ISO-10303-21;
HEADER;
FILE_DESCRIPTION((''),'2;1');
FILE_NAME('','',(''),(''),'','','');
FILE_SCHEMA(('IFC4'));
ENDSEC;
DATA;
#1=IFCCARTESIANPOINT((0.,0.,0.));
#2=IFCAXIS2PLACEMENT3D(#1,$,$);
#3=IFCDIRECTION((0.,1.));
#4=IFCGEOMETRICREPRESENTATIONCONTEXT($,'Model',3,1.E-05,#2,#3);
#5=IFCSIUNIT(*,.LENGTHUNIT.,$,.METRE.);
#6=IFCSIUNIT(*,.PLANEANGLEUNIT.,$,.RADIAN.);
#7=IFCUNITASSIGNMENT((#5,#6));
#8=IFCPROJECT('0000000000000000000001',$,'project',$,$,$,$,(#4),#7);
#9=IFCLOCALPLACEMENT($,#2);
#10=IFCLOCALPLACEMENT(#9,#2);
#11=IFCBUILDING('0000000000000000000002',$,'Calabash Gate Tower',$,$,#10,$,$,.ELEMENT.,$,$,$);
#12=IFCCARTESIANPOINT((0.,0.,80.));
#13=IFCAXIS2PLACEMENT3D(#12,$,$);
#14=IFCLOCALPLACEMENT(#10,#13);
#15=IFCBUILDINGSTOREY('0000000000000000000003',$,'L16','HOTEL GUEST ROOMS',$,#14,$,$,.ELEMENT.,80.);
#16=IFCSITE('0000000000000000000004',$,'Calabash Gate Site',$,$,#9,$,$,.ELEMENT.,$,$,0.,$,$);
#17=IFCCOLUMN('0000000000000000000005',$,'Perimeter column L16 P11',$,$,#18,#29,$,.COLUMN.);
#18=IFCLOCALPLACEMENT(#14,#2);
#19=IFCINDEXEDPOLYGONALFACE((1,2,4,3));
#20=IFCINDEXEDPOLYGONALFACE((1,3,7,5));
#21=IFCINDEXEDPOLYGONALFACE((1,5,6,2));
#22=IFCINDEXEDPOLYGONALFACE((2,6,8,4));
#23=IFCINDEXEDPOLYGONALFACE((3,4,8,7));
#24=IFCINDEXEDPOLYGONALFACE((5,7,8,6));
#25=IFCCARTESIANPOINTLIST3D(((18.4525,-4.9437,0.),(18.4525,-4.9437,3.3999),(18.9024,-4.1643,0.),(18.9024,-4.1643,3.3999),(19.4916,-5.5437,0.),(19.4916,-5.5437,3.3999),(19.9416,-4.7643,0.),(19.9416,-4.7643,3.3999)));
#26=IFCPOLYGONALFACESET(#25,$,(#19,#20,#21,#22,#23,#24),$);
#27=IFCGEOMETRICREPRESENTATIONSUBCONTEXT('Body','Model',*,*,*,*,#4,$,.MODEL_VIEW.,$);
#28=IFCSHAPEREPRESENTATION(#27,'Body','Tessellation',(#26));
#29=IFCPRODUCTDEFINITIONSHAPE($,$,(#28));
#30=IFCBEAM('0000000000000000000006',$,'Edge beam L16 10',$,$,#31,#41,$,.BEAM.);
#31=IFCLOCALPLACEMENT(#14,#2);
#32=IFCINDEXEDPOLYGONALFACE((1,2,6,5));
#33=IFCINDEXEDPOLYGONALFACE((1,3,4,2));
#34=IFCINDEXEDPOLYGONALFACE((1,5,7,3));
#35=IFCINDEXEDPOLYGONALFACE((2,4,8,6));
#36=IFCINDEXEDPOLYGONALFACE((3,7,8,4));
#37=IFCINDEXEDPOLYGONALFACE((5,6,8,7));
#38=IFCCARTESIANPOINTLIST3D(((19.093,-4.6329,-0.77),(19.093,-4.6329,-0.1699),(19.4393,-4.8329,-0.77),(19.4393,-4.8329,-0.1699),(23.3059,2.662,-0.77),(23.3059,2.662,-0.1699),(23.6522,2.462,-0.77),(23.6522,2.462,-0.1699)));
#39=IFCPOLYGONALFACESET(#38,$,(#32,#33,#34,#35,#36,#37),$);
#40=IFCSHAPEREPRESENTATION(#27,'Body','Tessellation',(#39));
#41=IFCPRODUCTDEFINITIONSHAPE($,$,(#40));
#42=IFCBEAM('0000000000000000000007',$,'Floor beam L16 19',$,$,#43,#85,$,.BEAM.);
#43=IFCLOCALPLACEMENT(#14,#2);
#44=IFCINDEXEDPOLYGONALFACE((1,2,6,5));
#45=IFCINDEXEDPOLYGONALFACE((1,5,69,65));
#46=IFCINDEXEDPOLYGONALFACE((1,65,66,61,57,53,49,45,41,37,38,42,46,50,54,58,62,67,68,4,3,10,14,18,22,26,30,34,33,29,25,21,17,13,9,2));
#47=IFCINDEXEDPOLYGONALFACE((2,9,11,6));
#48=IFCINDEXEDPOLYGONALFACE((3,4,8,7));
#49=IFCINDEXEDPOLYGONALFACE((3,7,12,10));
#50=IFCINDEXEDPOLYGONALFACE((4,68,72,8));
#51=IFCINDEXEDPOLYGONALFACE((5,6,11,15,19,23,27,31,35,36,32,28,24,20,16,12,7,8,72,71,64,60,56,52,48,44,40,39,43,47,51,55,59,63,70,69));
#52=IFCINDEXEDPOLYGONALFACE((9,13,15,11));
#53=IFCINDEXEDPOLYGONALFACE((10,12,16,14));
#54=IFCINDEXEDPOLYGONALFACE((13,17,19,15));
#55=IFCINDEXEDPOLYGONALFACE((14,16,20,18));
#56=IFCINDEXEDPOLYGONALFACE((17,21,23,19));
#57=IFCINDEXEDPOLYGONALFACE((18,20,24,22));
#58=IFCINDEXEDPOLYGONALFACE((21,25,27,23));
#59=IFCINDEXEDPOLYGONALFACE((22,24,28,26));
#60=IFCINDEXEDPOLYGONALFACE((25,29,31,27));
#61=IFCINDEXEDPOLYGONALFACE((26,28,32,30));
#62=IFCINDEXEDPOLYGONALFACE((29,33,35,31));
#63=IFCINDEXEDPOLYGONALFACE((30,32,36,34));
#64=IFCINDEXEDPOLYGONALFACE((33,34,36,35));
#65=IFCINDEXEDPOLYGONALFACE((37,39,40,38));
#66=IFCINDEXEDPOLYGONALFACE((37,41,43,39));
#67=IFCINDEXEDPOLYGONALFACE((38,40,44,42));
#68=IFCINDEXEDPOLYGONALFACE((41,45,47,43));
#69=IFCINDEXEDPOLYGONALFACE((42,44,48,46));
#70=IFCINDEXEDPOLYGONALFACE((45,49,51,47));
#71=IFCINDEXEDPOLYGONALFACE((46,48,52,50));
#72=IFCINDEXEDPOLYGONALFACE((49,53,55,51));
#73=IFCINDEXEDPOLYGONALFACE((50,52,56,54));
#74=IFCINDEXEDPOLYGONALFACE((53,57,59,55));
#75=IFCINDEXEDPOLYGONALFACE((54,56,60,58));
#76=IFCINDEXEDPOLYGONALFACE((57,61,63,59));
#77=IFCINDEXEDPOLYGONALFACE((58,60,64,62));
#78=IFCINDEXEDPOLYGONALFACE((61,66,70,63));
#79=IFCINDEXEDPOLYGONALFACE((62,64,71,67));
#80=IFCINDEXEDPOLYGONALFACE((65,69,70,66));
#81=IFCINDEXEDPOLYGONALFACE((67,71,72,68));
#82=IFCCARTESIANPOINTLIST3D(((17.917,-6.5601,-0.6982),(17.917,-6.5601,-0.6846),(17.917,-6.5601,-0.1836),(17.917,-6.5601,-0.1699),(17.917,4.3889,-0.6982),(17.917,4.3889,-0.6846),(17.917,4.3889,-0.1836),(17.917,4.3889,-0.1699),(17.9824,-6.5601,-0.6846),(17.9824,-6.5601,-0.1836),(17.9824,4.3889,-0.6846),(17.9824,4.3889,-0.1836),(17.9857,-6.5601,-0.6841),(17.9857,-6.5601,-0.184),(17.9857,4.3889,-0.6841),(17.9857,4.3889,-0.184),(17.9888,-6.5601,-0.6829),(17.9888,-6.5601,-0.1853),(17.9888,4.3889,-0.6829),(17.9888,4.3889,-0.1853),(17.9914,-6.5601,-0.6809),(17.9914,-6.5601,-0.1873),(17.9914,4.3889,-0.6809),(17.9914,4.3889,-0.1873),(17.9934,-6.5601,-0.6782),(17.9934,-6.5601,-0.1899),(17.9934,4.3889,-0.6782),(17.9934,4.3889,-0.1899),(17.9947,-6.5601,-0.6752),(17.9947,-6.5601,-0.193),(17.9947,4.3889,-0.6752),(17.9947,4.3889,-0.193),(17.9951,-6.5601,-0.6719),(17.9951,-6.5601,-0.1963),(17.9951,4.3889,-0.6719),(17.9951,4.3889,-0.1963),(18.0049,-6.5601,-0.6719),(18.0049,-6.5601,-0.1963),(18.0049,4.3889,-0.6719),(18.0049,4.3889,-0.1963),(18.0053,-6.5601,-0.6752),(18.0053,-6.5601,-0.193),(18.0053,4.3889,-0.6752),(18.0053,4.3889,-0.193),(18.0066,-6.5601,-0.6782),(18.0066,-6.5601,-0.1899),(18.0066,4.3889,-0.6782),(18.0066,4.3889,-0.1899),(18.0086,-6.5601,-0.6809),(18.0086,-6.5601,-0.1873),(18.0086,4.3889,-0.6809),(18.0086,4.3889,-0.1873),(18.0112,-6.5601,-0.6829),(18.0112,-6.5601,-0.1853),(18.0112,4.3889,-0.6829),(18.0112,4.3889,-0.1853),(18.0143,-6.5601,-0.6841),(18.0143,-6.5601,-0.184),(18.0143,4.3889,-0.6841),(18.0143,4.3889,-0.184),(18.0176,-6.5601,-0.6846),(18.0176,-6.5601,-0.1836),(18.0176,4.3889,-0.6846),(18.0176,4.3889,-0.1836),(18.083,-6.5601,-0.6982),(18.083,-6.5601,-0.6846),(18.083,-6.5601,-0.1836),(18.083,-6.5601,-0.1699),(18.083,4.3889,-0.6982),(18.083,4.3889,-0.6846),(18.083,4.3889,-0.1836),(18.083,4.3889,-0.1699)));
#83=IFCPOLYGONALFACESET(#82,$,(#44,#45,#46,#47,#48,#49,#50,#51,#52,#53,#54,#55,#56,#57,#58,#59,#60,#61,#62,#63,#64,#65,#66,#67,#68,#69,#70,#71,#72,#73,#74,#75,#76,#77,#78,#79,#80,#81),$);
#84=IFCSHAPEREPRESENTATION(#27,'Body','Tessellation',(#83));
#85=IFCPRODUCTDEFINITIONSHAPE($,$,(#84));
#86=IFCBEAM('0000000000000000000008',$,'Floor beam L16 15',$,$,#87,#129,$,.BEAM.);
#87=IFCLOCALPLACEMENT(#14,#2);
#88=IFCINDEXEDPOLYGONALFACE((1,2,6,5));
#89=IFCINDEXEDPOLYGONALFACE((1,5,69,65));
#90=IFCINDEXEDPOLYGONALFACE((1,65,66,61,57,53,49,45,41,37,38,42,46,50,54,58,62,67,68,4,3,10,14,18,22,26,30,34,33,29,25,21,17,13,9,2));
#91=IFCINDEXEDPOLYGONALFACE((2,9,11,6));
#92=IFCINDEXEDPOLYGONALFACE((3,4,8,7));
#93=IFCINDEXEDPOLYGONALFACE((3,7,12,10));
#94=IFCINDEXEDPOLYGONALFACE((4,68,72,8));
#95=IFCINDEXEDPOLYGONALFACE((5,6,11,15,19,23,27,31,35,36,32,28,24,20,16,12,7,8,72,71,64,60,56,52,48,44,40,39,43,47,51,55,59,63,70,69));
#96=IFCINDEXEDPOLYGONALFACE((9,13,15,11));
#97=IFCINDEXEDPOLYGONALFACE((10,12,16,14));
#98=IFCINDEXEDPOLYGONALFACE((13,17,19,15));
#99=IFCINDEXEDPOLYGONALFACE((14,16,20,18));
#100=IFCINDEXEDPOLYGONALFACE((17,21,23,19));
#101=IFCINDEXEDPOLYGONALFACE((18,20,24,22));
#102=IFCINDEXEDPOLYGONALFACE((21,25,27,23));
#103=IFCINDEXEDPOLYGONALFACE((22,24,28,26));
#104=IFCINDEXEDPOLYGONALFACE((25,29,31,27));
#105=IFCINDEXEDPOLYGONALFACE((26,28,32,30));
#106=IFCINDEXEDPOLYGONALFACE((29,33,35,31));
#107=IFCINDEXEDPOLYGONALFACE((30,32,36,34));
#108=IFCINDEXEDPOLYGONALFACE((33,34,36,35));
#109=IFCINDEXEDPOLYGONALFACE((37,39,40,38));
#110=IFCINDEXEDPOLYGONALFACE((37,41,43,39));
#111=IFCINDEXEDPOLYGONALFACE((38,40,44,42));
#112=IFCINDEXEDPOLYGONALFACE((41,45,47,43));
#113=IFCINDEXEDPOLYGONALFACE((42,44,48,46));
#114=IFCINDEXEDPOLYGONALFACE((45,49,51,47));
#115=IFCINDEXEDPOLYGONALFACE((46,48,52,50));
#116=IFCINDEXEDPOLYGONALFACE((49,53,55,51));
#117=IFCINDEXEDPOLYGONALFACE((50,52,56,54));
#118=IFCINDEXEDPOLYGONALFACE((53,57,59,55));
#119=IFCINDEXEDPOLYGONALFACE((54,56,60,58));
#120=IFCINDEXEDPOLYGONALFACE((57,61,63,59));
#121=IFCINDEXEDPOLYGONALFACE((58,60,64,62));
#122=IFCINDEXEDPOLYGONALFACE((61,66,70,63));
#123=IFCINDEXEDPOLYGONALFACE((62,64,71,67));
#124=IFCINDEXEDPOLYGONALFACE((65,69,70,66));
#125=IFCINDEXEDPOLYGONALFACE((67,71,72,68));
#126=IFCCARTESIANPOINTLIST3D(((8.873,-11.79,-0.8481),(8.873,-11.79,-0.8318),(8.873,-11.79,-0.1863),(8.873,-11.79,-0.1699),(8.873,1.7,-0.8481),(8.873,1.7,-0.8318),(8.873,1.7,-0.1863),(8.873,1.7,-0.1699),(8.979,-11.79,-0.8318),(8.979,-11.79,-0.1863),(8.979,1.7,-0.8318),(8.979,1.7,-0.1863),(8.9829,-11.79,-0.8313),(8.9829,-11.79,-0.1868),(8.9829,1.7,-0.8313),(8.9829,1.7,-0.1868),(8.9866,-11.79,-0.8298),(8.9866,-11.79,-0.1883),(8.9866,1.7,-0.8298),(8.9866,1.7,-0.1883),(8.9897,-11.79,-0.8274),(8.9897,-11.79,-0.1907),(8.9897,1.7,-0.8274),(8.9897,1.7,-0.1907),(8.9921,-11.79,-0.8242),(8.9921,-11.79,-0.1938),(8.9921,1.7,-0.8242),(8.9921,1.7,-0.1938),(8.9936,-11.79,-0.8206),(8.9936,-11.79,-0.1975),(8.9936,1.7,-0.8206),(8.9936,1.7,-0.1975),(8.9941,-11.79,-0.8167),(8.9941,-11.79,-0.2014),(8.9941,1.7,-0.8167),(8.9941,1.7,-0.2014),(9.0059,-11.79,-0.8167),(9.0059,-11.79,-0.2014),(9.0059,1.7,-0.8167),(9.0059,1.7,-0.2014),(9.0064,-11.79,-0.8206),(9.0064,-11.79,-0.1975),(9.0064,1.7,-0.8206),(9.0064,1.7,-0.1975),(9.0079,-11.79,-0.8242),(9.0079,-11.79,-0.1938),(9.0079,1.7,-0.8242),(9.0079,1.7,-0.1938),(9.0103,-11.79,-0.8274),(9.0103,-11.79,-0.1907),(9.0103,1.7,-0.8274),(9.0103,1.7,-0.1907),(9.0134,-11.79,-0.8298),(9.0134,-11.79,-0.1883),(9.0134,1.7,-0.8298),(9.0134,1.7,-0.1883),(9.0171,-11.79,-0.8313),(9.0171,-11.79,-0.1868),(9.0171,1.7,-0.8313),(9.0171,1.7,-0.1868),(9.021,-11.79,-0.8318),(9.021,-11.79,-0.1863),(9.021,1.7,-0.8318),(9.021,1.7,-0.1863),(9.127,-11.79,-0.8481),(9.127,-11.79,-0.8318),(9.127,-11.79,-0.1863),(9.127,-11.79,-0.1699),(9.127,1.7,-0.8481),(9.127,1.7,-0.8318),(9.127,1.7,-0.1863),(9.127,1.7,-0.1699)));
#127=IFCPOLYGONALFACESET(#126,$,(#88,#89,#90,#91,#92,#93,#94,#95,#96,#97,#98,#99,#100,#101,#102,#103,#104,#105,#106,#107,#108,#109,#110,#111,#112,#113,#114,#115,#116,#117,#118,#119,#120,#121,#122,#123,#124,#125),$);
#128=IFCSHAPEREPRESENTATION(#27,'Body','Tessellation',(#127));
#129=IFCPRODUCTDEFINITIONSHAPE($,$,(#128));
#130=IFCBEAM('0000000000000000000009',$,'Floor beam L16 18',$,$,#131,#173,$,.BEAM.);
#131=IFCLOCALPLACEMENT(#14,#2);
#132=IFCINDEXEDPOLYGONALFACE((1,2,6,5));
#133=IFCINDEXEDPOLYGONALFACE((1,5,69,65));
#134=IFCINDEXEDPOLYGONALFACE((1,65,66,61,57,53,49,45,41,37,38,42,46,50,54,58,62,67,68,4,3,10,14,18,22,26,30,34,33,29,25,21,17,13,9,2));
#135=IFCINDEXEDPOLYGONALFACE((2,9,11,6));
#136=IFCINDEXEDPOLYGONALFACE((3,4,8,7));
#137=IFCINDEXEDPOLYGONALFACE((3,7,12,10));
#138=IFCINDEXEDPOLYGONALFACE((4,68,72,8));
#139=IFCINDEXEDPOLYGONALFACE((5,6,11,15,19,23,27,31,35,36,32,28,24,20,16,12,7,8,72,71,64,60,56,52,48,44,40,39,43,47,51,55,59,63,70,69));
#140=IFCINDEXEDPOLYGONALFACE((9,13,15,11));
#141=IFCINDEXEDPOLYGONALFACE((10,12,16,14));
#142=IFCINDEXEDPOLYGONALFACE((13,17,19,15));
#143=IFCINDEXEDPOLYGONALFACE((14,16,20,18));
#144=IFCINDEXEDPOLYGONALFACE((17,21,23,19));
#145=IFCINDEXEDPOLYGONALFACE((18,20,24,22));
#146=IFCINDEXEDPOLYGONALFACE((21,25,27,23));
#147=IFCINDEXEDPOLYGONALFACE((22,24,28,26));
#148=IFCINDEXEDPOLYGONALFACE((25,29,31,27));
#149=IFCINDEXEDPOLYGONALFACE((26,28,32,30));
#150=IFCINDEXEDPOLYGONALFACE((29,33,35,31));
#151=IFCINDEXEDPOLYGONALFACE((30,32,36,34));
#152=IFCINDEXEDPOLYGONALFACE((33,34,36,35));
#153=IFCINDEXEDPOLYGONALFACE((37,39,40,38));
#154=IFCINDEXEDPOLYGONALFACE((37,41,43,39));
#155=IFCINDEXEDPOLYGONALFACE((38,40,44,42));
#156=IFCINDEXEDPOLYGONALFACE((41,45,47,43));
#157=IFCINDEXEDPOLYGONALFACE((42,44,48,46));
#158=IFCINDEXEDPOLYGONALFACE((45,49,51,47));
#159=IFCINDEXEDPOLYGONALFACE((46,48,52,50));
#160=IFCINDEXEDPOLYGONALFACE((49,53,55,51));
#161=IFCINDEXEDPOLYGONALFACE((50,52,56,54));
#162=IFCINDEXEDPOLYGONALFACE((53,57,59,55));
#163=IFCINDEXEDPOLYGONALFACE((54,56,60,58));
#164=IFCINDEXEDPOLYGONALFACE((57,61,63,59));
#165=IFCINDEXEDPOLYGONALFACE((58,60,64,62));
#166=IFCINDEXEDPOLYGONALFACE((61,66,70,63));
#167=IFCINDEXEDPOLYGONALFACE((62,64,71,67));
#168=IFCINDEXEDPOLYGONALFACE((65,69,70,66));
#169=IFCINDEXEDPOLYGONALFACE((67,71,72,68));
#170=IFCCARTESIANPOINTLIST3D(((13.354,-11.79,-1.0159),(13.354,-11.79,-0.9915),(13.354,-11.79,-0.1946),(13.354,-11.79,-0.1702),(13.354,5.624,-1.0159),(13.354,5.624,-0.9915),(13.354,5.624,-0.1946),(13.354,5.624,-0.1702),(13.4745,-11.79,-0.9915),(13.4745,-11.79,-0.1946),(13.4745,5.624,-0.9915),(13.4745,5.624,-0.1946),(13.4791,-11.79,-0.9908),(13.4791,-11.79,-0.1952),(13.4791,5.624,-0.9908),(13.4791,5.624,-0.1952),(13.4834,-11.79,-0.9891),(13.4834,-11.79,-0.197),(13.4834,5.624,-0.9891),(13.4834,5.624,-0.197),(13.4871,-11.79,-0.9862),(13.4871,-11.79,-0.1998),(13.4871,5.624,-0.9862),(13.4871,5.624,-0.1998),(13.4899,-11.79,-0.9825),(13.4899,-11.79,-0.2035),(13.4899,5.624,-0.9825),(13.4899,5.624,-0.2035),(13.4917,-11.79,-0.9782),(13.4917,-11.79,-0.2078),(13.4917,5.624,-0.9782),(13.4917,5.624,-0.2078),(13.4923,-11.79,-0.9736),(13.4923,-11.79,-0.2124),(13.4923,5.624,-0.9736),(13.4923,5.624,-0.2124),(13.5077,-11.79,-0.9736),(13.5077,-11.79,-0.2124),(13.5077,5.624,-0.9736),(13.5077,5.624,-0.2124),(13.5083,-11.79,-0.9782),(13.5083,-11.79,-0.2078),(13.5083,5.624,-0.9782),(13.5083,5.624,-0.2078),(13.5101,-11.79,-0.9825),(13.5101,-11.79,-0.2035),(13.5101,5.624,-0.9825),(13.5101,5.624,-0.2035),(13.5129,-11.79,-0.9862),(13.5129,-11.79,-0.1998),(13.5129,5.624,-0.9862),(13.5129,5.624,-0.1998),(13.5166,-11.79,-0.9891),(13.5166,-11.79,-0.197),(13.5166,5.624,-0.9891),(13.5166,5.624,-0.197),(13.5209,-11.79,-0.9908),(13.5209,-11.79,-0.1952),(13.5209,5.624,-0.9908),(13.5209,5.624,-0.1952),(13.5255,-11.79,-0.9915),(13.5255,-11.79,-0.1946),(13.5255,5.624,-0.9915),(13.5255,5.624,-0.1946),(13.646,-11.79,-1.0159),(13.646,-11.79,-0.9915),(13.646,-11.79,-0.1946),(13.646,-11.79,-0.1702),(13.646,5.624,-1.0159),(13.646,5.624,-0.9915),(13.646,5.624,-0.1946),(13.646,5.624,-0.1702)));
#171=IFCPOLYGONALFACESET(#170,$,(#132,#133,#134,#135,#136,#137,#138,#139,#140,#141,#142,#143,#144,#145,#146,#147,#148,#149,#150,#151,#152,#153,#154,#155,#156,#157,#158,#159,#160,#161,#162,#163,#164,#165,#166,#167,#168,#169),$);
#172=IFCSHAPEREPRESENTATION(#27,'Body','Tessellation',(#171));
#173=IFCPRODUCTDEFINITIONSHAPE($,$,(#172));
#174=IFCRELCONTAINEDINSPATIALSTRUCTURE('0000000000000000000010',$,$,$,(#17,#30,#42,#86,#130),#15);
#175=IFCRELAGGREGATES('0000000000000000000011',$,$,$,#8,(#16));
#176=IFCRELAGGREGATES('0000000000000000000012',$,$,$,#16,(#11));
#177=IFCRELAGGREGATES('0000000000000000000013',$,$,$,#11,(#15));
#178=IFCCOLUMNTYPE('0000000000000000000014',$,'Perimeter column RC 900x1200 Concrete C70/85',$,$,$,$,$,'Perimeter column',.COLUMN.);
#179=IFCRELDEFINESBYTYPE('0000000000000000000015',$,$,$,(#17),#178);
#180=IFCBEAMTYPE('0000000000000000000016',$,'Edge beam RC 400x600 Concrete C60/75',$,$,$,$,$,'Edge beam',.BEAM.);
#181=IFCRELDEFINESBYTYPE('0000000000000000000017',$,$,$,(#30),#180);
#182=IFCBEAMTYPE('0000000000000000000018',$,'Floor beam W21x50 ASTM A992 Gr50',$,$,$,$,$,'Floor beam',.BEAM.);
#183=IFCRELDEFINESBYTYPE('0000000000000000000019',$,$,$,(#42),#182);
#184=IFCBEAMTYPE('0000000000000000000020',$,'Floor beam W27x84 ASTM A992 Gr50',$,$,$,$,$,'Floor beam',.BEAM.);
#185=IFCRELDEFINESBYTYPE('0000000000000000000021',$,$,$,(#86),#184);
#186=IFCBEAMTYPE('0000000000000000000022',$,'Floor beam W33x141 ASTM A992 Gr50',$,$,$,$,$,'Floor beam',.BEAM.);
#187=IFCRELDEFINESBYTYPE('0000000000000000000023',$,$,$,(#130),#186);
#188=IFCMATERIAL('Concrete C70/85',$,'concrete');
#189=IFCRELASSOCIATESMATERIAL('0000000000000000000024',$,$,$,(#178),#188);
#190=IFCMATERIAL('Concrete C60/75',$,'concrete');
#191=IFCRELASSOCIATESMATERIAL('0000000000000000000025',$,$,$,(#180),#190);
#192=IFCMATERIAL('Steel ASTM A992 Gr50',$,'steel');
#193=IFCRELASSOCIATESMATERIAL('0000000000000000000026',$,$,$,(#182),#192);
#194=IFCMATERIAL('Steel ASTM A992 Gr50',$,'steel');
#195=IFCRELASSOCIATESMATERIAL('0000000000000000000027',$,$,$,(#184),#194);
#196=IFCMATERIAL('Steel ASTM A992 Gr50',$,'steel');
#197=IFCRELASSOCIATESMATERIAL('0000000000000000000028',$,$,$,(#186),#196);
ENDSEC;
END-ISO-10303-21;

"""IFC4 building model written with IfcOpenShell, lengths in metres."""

from ifc_helpers import new_model, si_unit, direction, frame, origin, origin_2d, place, context, subcontext, project, spatial, rectangle, i_section, extrude, material, material_profile, profile_set, type_object, element, save


model = new_model("IFC4")

# Units and contexts
model_context = context("Model", 3, precision=1e-05, world=origin(), true_north=direction((0.0, 1.0)))
body_context = subcontext(model_context, "Body", "Model", "MODEL_VIEW")
ifc_project = project(units=[si_unit("LENGTHUNIT", "METRE"), si_unit("PLANEANGLEUNIT", "RADIAN")], contexts=[model_context])

# Site, building, storey
site_placement = place(None, origin())
site = spatial("IfcSite", under=ifc_project, at=site_placement, Name="Calabash Gate Site", CompositionType="ELEMENT", RefElevation=0.0)
building_placement = place(site_placement, origin())
building = spatial("IfcBuilding", under=site, at=building_placement, Name="Calabash Gate Tower", CompositionType="ELEMENT")
storey_placement = place(building_placement, frame((0.0, 0.0, 80.0)))
storey = spatial("IfcBuildingStorey", under=building, at=storey_placement, Name="L16", Description="HOTEL GUEST ROOMS", CompositionType="ELEMENT", Elevation=80.0)

# Column
ifc_material_1 = material(Name="Concrete C70/85", Category="concrete")
ifc_material_profile_1 = material_profile(ifc_material_1, rectangle(XDim=0.8999, YDim=1.2, at=origin_2d()))
ifc_profile_set_1 = profile_set([ifc_material_profile_1], Name="Concrete C70/85")
column_type = type_object("IfcColumnType", Name="Perimeter column RC 900x1200 Concrete C70/85", ElementType="Perimeter column", PredefinedType="COLUMN", material=ifc_profile_set_1)
column_placement = place(storey_placement, frame((19.197, -4.854, 0.0), z_axis=(0.0, 0.0, 1.0), x_axis=(0.5, 0.866025, 0.0)))
element("IfcColumn", 1, at=column_placement, inside=storey, type_object=column_type, Name="Perimeter column L16 P11", PredefinedType="COLUMN", context=body_context, shape_type="SweptSolid", body=[
    extrude(rectangle(XDim=0.8999, YDim=1.2, at=origin_2d()), origin(), (0.0, 0.0, 1.0), 3.3999),
])

# Beams
ifc_material_2 = material(Name="Concrete C60/75", Category="concrete")
ifc_material_profile_2 = material_profile(ifc_material_2, rectangle(XDim=0.3999, YDim=0.6001, at=origin_2d()))
ifc_profile_set_2 = profile_set([ifc_material_profile_2], Name="Concrete C60/75")
beam_type_1 = type_object("IfcBeamType", Name="Edge beam RC 400x600 Concrete C60/75", ElementType="Edge beam", PredefinedType="BEAM", material=ifc_profile_set_2)
beam_1_placement = place(storey_placement, frame((19.2661, -4.7329, -0.47), z_axis=(0.500104, 0.865965, 0.0), x_axis=(-0.865965, 0.500104, 0.0)))
element("IfcBeam", 2, at=beam_1_placement, inside=storey, type_object=beam_type_1, Name="Edge beam L16 10", PredefinedType="BEAM", context=body_context, shape_type="SweptSolid", body=[
    extrude(rectangle(XDim=0.3999, YDim=0.6001, at=origin_2d()), origin(), (0.0, 0.0, 1.0), 8.4241),
])
ifc_material_3 = material(Name="Steel ASTM A992 Gr50", Category="steel")
ifc_material_profile_3 = material_profile(ifc_material_3, i_section(OverallWidth=0.166, OverallDepth=0.5283, WebThickness=0.0098, FlangeThickness=0.0137, FilletRadius=0.0127, at=origin_2d()))
ifc_profile_set_3 = profile_set([ifc_material_profile_3], Name="Steel ASTM A992 Gr50")
beam_type_2 = type_object("IfcBeamType", Name="Floor beam W21x50 ASTM A992 Gr50", ElementType="Floor beam", PredefinedType="BEAM", material=ifc_profile_set_3)
beam_2_placement = place(storey_placement, frame((18.0, -6.5601, -0.4341), z_axis=(0.0, 1.0, 0.0), x_axis=(-1.0, 0.0, 0.0)))
element("IfcBeam", 3, at=beam_2_placement, inside=storey, type_object=beam_type_2, Name="Floor beam L16 19", PredefinedType="BEAM", context=body_context, shape_type="SweptSolid", body=[
    extrude(i_section(OverallWidth=0.166, OverallDepth=0.5283, WebThickness=0.0098, FlangeThickness=0.0137, FilletRadius=0.0127, at=origin_2d()), origin(), (0.0, 0.0, 1.0), 10.949),
])
ifc_material_4 = material(Name="Steel ASTM A992 Gr50", Category="steel")
ifc_material_profile_4 = material_profile(ifc_material_4, i_section(OverallWidth=0.2539, OverallDepth=0.6782, WebThickness=0.0117, FlangeThickness=0.0164, FilletRadius=0.0151, at=origin_2d()))
ifc_profile_set_4 = profile_set([ifc_material_profile_4], Name="Steel ASTM A992 Gr50")
beam_type_3 = type_object("IfcBeamType", Name="Floor beam W27x84 ASTM A992 Gr50", ElementType="Floor beam", PredefinedType="BEAM", material=ifc_profile_set_4)
beam_3_placement = place(storey_placement, frame((9.0, -11.79, -0.509), z_axis=(0.0, 1.0, 0.0), x_axis=(-1.0, 0.0, 0.0)))
element("IfcBeam", 4, at=beam_3_placement, inside=storey, type_object=beam_type_3, Name="Floor beam L16 15", PredefinedType="BEAM", context=body_context, shape_type="SweptSolid", body=[
    extrude(i_section(OverallWidth=0.2539, OverallDepth=0.6782, WebThickness=0.0117, FlangeThickness=0.0164, FilletRadius=0.0151, at=origin_2d()), origin(), (0.0, 0.0, 1.0), 13.49),
])
ifc_material_5 = material(Name="Steel ASTM A992 Gr50", Category="steel")
ifc_material_profile_5 = material_profile(ifc_material_5, i_section(OverallWidth=0.292, OverallDepth=0.8457, WebThickness=0.0154, FlangeThickness=0.0244, FilletRadius=0.0178, at=origin_2d()))
ifc_profile_set_5 = profile_set([ifc_material_profile_5], Name="Steel ASTM A992 Gr50")
beam_type_4 = type_object("IfcBeamType", Name="Floor beam W33x141 ASTM A992 Gr50", ElementType="Floor beam", PredefinedType="BEAM", material=ifc_profile_set_5)
beam_4_placement = place(storey_placement, frame((13.5, -11.79, -0.593), z_axis=(0.0, 1.0, 0.0), x_axis=(-1.0, 0.0, 0.0)))
element("IfcBeam", 5, at=beam_4_placement, inside=storey, type_object=beam_type_4, Name="Floor beam L16 18", PredefinedType="BEAM", context=body_context, shape_type="SweptSolid", body=[
    extrude(i_section(OverallWidth=0.292, OverallDepth=0.8457, WebThickness=0.0154, FlangeThickness=0.0244, FilletRadius=0.0178, at=origin_2d()), origin(), (0.0, 0.0, 1.0), 17.4141),
])

save(model, "model.ifc")
